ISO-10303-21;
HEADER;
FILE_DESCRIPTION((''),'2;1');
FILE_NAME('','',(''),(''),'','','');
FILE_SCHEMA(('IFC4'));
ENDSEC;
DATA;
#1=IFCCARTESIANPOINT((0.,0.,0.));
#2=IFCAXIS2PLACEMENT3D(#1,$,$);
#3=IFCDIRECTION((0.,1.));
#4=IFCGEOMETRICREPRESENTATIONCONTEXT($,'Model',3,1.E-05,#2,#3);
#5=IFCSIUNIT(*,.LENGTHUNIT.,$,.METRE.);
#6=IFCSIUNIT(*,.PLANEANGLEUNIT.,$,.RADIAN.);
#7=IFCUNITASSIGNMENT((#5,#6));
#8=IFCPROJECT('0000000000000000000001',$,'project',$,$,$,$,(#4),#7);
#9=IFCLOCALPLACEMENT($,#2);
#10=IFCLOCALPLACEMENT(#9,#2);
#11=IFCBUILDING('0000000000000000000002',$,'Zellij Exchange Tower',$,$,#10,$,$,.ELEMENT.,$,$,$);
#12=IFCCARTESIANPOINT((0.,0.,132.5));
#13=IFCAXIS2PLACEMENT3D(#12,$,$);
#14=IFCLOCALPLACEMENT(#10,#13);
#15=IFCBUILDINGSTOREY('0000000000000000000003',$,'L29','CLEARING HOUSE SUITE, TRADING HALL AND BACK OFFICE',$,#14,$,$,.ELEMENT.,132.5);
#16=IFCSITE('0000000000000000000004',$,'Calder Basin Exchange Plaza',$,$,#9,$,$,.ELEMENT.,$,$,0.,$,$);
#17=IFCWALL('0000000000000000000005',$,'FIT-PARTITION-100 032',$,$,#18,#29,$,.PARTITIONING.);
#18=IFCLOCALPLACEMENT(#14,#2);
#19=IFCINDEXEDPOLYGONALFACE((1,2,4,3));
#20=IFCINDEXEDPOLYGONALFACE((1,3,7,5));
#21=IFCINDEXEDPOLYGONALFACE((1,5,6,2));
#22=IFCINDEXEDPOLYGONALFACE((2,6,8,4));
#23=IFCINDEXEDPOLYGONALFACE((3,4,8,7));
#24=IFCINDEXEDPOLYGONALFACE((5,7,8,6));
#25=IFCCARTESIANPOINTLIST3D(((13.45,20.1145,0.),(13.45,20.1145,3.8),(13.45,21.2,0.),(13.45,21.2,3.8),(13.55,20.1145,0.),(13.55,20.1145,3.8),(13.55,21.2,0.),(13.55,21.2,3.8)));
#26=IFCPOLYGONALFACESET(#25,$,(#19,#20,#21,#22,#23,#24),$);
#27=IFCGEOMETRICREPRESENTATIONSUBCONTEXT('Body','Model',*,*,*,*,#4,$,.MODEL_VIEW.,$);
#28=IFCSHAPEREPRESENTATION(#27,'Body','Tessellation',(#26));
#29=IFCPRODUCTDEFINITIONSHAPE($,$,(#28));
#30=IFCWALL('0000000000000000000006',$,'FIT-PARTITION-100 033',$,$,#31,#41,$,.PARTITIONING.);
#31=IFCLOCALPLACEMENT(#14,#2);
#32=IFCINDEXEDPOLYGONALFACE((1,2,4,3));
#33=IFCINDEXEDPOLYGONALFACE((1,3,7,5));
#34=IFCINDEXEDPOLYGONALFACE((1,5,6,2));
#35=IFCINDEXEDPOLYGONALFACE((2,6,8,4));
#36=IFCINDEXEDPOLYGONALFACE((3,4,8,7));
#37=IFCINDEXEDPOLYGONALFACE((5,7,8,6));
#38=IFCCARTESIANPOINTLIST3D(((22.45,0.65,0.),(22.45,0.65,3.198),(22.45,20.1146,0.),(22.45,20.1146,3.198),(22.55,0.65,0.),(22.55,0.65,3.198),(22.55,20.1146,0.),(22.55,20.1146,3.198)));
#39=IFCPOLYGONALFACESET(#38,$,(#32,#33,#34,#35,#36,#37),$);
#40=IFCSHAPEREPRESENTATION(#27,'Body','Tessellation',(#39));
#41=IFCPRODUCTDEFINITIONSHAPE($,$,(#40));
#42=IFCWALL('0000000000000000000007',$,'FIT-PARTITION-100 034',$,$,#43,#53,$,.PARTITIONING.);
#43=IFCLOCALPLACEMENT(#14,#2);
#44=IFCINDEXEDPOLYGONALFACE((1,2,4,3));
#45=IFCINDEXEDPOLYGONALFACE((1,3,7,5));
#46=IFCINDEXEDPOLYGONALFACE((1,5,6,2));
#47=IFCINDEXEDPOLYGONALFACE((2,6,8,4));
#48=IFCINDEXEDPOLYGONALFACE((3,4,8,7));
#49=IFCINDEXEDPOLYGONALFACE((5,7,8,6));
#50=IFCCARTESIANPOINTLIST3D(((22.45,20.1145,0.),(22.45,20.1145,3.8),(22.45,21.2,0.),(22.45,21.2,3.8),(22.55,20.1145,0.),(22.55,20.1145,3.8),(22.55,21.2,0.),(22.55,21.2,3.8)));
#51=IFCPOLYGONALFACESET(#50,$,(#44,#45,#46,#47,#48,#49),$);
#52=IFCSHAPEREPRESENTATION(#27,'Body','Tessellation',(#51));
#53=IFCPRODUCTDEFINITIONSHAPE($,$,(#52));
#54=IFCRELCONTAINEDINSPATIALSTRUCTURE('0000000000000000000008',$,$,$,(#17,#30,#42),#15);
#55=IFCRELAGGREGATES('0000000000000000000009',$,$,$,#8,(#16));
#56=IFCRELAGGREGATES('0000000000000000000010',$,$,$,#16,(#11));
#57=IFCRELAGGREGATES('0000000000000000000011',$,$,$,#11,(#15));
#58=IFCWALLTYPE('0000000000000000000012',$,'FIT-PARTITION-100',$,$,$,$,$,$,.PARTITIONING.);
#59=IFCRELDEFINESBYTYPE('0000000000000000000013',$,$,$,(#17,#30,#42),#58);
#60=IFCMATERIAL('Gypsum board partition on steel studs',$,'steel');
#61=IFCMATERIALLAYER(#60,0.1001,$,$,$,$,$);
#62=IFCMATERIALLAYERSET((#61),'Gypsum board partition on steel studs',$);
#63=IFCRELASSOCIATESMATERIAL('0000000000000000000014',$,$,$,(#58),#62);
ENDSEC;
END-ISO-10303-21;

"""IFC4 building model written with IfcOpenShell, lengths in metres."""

from ifc_helpers import new_model, si_unit, direction, frame, frame_2d, origin, place, context, subcontext, project, spatial, rectangle, extrude, material, layer, layer_set, type_object, element, save


model = new_model("IFC4")

# Units and contexts
model_context = context("Model", 3, precision=1e-05, world=origin(), true_north=direction((0.0, 1.0)))
body_context = subcontext(model_context, "Body", "Model", "MODEL_VIEW")
ifc_project = project(units=[si_unit("LENGTHUNIT", "METRE"), si_unit("PLANEANGLEUNIT", "RADIAN")], contexts=[model_context])

# Site, building, storey
site_placement = place(None, origin())
site = spatial("IfcSite", under=ifc_project, at=site_placement, Name="Calder Basin Exchange Plaza", CompositionType="ELEMENT", RefElevation=0.0)
building_placement = place(site_placement, origin())
building = spatial("IfcBuilding", under=site, at=building_placement, Name="Zellij Exchange Tower", CompositionType="ELEMENT")
storey_placement = place(building_placement, frame((0.0, 0.0, 132.5)))
storey = spatial("IfcBuildingStorey", under=building, at=storey_placement, Name="L29", Description="CLEARING HOUSE SUITE, TRADING HALL AND BACK OFFICE", CompositionType="ELEMENT", Elevation=132.5)

# Walls
ifc_material_1 = material(Name="Gypsum board partition on steel studs", Category="steel")
ifc_layer = layer(ifc_material_1, 0.1001)
ifc_layer_set = layer_set([ifc_layer], Name="Gypsum board partition on steel studs")
wall_type = type_object("IfcWallType", Name="FIT-PARTITION-100", PredefinedType="PARTITIONING", material=ifc_layer_set)
wall_1_placement = place(storey_placement, frame((13.5, 20.1145, 0.0), z_axis=(0.0, 0.0, 1.0), x_axis=(0.0, 1.0, 0.0)))
element("IfcWall", 1, at=wall_1_placement, inside=storey, type_object=wall_type, Name="FIT-PARTITION-100 032", PredefinedType="PARTITIONING", context=body_context, shape_type="SweptSolid", body=[
    extrude(rectangle(XDim=1.0854, YDim=0.1001, at=frame_2d((0.5427, 0.0))), origin(), (0.0, 0.0, 1.0), 3.8),
])
wall_2_placement = place(storey_placement, frame((22.5, 0.6499, 0.0), z_axis=(0.0, 0.0, 1.0), x_axis=(0.0, 1.0, 0.0)))
element("IfcWall", 2, at=wall_2_placement, inside=storey, type_object=wall_type, Name="FIT-PARTITION-100 033", PredefinedType="PARTITIONING", context=body_context, shape_type="SweptSolid", body=[
    extrude(rectangle(XDim=19.4646, YDim=0.1001, at=frame_2d((9.7324, 0.0))), origin(), (0.0, 0.0, 1.0), 3.198),
])
wall_3_placement = place(storey_placement, frame((22.5, 20.1145, 0.0), z_axis=(0.0, 0.0, 1.0), x_axis=(0.0, 1.0, 0.0)))
element("IfcWall", 3, at=wall_3_placement, inside=storey, type_object=wall_type, Name="FIT-PARTITION-100 034", PredefinedType="PARTITIONING", context=body_context, shape_type="SweptSolid", body=[
    extrude(rectangle(XDim=1.0854, YDim=0.1001, at=frame_2d((0.5427, 0.0))), origin(), (0.0, 0.0, 1.0), 3.8),
])

save(model, "model.ifc")
